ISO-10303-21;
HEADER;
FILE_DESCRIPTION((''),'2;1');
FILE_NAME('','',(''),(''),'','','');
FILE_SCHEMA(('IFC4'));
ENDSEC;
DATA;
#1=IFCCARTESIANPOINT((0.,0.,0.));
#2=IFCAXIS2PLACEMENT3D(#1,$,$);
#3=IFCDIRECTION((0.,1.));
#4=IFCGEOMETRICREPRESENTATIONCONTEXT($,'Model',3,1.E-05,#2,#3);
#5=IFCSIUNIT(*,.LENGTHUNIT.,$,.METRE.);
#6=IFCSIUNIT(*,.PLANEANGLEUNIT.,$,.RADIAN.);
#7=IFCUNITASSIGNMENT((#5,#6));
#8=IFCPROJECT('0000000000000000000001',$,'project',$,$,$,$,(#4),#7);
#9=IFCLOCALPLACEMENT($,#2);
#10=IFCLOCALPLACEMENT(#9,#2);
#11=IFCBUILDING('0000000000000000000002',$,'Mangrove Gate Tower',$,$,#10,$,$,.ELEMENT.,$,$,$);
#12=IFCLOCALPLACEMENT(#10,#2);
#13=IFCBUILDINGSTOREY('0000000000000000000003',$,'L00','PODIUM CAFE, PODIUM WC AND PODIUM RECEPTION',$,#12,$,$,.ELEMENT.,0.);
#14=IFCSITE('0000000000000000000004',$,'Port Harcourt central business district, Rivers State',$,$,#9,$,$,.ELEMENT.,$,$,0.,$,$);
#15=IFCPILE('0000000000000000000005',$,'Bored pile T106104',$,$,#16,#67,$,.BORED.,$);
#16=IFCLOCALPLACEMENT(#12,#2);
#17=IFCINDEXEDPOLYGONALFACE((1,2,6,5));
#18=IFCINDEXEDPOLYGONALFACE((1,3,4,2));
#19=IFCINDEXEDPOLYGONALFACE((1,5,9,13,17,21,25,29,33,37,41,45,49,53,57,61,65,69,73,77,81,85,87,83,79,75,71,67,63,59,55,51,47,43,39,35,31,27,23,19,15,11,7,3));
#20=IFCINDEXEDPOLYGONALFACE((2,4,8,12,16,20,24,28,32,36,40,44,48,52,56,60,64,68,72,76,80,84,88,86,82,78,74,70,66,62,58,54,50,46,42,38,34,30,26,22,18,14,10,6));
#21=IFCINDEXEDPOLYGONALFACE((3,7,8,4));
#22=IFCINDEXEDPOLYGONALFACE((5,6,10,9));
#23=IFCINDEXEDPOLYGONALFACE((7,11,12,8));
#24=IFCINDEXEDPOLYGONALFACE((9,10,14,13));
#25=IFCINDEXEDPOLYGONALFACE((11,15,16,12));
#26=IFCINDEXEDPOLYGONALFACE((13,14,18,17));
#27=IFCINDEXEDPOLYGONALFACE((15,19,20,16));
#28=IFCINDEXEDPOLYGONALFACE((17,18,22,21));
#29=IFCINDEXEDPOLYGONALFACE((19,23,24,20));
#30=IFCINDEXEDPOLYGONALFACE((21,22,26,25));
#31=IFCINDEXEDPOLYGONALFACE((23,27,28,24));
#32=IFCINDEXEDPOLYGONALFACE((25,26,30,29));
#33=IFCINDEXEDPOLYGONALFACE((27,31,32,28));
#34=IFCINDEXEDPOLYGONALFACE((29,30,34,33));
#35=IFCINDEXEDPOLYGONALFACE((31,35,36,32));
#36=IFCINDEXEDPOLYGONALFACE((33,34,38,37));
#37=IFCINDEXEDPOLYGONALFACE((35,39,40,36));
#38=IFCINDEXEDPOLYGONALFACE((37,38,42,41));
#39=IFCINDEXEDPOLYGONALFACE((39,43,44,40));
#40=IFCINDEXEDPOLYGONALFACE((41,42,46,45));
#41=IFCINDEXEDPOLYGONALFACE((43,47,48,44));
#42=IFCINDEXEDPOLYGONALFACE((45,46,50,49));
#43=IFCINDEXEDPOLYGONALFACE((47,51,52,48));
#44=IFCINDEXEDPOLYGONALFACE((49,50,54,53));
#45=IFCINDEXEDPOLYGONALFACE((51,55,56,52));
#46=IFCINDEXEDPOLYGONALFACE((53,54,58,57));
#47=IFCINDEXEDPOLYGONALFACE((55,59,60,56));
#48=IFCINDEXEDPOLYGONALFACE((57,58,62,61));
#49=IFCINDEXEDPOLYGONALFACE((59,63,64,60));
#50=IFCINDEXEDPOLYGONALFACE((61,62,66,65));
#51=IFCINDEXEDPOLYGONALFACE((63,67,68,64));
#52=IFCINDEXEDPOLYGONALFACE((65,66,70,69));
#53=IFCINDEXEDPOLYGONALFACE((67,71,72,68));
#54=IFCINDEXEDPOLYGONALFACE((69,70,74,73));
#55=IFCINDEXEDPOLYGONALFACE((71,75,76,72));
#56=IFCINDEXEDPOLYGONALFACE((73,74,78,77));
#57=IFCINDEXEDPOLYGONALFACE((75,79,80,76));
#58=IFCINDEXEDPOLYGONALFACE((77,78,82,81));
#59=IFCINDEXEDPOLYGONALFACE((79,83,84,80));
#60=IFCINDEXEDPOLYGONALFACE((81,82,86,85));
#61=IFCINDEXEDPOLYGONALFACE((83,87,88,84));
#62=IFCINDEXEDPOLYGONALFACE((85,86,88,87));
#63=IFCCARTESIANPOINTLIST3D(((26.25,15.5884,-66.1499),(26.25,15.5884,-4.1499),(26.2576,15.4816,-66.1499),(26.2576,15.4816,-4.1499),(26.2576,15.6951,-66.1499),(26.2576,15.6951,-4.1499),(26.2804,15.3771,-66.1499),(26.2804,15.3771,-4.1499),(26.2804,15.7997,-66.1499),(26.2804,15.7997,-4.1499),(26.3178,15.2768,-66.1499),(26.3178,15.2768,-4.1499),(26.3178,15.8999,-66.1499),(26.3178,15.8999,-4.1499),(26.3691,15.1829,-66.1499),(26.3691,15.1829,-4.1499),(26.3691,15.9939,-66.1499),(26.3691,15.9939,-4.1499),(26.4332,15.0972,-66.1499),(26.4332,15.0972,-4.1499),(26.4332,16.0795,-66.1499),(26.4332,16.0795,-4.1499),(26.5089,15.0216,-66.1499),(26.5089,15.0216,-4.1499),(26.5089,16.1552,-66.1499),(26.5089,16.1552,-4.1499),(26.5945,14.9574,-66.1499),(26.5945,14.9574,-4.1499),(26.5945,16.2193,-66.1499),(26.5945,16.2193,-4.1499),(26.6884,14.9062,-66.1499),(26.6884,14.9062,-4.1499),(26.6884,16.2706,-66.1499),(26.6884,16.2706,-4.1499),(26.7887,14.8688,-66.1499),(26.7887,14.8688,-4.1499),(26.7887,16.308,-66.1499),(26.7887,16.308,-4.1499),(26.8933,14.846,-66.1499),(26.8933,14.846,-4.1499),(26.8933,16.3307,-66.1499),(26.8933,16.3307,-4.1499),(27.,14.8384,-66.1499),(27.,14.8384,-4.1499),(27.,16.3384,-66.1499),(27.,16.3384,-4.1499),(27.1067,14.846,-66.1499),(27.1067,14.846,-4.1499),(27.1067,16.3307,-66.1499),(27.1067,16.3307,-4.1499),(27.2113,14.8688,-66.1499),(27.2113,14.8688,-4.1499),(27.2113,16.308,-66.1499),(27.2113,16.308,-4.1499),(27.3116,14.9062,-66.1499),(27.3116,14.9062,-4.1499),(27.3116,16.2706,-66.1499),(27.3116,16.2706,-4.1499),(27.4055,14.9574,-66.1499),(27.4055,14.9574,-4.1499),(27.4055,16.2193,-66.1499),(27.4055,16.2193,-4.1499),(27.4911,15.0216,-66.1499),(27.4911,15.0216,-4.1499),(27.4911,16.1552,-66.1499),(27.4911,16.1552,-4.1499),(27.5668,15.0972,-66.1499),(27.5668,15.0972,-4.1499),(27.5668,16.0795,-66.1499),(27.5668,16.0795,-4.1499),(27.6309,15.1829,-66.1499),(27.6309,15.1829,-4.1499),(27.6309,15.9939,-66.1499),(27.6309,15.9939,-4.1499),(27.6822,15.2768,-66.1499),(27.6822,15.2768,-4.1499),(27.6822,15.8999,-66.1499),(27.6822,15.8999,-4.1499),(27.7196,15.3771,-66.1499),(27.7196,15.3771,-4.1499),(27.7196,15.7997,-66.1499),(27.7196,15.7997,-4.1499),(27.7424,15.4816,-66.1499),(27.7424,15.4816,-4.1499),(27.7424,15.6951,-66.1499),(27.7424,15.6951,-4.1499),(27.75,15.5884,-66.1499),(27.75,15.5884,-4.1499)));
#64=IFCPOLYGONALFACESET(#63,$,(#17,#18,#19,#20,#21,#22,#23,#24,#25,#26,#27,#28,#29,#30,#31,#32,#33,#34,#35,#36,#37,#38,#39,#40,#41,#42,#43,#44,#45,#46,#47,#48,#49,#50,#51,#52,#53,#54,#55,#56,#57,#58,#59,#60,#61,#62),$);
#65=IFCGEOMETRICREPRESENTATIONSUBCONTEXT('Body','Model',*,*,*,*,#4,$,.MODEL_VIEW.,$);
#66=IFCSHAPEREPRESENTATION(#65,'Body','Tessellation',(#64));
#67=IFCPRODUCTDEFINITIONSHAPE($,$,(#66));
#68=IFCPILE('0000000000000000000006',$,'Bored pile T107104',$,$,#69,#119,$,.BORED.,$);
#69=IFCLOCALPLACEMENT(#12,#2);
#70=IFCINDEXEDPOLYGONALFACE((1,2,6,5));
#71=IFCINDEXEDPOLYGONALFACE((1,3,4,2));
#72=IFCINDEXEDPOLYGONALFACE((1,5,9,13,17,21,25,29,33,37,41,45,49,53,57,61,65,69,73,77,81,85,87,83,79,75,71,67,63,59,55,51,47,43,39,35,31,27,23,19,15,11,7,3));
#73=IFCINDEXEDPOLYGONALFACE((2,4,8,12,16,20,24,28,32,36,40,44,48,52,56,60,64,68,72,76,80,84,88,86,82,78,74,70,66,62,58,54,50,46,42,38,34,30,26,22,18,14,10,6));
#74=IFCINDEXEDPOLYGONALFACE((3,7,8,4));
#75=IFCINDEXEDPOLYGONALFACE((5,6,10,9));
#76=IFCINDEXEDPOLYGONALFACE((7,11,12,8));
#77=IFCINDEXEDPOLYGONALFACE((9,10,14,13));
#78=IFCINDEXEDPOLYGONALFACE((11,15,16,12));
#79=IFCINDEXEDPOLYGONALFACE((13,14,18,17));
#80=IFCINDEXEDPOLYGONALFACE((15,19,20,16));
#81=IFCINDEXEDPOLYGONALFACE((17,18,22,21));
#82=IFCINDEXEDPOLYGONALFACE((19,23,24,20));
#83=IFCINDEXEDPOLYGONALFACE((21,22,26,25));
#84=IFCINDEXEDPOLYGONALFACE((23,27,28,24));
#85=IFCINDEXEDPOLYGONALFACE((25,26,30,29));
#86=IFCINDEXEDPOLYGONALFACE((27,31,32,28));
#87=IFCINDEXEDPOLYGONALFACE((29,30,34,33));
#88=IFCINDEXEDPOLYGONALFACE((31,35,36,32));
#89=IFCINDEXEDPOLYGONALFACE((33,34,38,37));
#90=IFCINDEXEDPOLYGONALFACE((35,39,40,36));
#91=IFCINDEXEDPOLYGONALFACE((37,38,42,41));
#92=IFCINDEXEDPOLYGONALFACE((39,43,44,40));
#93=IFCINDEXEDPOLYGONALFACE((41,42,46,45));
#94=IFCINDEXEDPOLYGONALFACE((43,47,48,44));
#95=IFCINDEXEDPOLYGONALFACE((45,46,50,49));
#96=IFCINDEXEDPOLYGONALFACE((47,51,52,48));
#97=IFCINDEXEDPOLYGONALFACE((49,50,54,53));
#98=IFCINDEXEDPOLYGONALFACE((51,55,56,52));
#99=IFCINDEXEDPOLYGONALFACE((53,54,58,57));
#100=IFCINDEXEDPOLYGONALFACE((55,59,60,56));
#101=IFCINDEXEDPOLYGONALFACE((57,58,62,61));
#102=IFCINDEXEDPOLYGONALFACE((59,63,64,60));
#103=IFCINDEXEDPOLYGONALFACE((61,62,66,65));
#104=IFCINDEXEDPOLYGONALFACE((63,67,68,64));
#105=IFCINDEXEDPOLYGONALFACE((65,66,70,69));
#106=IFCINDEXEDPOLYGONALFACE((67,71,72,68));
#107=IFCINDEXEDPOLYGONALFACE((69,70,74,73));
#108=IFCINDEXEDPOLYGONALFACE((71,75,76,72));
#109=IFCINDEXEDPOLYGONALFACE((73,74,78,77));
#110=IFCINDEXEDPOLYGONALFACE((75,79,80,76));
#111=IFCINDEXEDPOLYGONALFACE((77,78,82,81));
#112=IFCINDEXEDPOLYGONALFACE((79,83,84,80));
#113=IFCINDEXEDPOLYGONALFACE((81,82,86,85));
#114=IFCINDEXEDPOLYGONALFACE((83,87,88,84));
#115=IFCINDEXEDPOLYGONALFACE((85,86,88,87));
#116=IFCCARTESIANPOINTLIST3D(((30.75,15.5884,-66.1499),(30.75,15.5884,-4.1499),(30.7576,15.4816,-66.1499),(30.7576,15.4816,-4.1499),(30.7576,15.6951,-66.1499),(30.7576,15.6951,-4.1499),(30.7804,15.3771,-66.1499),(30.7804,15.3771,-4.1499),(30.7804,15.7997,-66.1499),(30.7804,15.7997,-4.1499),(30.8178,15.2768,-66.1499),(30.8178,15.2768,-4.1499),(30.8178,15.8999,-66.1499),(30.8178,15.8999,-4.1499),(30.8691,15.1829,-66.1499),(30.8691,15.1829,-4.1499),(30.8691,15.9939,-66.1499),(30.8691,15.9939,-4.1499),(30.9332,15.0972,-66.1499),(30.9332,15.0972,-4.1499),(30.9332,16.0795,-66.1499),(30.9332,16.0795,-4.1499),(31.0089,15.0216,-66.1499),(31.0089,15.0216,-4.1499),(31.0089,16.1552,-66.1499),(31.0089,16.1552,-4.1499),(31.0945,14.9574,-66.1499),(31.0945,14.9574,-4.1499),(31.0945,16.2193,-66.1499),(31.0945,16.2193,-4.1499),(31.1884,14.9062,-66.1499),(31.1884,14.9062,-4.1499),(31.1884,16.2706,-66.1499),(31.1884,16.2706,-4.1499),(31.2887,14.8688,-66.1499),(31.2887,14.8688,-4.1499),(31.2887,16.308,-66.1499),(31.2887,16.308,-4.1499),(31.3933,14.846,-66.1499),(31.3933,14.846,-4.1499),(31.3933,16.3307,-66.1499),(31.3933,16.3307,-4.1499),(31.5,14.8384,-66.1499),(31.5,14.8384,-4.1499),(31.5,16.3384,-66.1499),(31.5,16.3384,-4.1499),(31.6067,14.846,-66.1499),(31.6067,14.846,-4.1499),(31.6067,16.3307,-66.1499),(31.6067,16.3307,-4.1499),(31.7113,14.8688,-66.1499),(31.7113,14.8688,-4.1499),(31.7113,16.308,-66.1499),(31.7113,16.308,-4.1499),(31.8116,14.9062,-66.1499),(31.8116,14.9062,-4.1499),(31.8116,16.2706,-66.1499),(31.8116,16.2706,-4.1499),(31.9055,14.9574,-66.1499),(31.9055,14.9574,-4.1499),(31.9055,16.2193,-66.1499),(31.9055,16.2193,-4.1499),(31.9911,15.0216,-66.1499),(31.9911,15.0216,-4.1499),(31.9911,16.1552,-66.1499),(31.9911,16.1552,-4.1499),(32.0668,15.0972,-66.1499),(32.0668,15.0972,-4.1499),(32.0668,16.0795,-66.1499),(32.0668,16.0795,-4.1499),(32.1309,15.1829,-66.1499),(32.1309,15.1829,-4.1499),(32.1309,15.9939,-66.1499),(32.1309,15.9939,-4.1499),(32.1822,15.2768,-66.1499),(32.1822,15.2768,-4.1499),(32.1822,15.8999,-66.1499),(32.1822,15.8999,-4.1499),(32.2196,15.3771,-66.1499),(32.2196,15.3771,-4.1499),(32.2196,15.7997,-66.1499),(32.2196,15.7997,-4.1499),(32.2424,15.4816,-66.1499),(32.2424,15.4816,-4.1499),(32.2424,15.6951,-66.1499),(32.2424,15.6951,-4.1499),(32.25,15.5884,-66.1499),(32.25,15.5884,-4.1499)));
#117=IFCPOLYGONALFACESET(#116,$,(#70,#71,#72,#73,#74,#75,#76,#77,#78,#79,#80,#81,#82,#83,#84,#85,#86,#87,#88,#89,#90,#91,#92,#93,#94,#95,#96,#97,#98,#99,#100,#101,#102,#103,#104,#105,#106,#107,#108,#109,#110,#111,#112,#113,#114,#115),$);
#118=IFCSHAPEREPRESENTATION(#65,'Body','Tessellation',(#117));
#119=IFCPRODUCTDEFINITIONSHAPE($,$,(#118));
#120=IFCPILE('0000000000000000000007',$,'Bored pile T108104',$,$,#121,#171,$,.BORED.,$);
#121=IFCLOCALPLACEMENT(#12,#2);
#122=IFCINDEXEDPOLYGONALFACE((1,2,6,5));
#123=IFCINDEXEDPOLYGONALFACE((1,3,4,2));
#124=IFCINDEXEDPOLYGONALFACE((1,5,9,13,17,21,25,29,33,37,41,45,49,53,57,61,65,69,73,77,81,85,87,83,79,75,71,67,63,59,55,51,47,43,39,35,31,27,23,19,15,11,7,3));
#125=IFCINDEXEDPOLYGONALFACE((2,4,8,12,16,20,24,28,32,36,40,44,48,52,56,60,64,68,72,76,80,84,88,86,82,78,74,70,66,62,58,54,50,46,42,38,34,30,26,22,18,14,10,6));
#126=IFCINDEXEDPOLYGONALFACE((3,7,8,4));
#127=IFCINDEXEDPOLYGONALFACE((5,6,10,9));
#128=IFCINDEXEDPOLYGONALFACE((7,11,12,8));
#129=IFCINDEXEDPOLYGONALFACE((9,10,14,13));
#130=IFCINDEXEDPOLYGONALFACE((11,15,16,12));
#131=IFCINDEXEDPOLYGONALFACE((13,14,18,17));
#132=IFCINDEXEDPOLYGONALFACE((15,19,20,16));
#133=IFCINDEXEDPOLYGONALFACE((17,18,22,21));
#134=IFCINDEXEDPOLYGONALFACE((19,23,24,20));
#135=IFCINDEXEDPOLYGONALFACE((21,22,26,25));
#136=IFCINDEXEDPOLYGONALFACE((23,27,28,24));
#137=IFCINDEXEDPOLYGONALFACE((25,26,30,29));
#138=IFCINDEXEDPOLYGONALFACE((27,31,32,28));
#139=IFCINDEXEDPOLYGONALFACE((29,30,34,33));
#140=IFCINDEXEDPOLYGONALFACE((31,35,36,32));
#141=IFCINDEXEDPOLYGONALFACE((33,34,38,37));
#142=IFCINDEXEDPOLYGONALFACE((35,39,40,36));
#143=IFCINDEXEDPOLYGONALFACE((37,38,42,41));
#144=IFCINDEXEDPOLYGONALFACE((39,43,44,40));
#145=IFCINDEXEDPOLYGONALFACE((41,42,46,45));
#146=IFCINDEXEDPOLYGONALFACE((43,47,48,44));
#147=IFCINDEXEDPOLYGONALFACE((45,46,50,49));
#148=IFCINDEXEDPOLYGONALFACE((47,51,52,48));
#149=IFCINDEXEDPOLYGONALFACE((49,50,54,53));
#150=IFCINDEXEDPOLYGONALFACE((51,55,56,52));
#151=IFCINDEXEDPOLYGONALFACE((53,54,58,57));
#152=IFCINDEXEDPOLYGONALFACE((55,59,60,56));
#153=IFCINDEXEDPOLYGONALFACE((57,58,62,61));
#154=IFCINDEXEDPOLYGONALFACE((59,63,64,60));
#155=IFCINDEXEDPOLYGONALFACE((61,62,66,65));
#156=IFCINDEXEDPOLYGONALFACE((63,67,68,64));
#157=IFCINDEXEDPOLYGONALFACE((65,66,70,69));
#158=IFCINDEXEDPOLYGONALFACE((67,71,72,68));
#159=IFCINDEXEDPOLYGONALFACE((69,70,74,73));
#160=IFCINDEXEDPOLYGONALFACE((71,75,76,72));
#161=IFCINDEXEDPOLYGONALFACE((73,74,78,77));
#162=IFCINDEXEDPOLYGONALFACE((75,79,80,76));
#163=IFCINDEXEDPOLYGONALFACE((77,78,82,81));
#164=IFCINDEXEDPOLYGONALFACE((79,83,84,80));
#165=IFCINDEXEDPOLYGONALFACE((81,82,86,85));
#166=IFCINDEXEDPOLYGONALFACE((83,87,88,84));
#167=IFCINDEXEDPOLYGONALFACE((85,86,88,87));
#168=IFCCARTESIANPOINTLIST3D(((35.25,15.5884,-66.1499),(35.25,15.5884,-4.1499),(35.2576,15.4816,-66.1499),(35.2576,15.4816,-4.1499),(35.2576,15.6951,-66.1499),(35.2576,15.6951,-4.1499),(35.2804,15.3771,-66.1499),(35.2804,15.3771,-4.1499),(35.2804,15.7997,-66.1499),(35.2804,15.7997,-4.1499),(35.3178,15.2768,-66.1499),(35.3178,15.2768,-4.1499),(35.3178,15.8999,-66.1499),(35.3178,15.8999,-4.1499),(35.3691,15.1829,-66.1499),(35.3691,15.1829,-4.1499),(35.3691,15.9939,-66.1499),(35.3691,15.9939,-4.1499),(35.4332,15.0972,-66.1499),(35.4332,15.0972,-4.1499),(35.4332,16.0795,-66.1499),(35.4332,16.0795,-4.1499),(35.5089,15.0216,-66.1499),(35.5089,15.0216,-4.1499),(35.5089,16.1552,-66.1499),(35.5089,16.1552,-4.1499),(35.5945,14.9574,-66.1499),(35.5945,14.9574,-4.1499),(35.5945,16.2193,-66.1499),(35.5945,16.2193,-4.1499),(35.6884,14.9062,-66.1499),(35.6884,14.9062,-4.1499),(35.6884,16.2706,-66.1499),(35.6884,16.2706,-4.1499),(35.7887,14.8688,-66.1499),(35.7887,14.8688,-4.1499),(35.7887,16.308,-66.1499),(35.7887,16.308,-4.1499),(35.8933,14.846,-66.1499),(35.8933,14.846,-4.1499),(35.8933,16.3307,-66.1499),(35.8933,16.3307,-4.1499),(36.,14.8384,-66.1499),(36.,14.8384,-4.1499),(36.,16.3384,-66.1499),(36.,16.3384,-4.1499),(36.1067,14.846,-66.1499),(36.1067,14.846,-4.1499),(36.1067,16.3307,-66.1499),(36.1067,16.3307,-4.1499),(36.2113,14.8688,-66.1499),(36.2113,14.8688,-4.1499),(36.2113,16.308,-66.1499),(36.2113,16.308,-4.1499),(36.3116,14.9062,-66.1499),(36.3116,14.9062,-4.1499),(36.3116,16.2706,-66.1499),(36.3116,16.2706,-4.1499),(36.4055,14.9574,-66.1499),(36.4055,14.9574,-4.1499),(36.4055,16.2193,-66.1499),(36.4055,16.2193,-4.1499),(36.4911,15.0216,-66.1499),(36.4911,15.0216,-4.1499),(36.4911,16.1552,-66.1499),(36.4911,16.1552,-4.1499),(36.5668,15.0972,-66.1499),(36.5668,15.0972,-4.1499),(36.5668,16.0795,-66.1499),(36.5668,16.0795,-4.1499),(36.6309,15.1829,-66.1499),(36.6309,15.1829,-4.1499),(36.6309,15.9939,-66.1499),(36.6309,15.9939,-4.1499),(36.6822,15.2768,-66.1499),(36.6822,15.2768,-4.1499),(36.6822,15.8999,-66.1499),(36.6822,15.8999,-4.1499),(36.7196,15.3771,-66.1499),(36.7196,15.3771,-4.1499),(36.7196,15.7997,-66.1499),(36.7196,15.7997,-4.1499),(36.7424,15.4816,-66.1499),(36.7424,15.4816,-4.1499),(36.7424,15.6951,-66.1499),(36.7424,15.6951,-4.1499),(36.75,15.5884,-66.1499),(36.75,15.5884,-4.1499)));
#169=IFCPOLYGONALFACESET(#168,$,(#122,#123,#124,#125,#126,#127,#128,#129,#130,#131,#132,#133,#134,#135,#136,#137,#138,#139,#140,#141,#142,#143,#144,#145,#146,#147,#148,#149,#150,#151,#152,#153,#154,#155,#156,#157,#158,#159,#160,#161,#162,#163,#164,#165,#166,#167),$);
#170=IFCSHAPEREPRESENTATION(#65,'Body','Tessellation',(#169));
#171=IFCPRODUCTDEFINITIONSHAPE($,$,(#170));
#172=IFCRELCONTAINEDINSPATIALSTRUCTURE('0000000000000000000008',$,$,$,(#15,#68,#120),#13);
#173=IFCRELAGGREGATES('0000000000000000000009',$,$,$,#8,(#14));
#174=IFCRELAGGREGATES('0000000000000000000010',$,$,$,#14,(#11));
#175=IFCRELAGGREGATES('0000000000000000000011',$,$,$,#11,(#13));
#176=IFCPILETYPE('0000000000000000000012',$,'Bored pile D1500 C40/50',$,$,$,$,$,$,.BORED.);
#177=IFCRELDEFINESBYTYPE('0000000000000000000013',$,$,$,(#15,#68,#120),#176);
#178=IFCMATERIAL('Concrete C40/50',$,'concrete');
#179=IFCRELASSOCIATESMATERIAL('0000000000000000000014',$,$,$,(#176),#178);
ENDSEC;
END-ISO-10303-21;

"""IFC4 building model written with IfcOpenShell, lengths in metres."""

from ifc_helpers import new_model, si_unit, direction, frame, origin, origin_2d, place, context, subcontext, project, spatial, circle, extrude, material, material_profile, profile_set, type_object, element, save


model = new_model("IFC4")

# Units and contexts
model_context = context("Model", 3, precision=1e-05, world=origin(), true_north=direction((0.0, 1.0)))
body_context = subcontext(model_context, "Body", "Model", "MODEL_VIEW")
ifc_project = project(units=[si_unit("LENGTHUNIT", "METRE"), si_unit("PLANEANGLEUNIT", "RADIAN")], contexts=[model_context])

# Site, building, storey
site_placement = place(None, origin())
site = spatial("IfcSite", under=ifc_project, at=site_placement, Name="Port Harcourt central business district, Rivers State", CompositionType="ELEMENT", RefElevation=0.0)
building_placement = place(site_placement, origin())
building = spatial("IfcBuilding", under=site, at=building_placement, Name="Mangrove Gate Tower", CompositionType="ELEMENT")
storey_placement = place(building_placement, origin())
storey = spatial("IfcBuildingStorey", under=building, at=storey_placement, Name="L00", Description="PODIUM CAFE, PODIUM WC AND PODIUM RECEPTION", CompositionType="ELEMENT", Elevation=0.0)

# Piles
ifc_material_1 = material(Name="Concrete C40/50", Category="concrete")
ifc_material_profile_1 = material_profile(ifc_material_1, circle(Radius=0.75, at=origin_2d()))
ifc_profile_set_1 = profile_set([ifc_material_profile_1], Name="Concrete C40/50")
pile_type = type_object("IfcPileType", Name="Bored pile D1500 C40/50", PredefinedType="BORED", material=ifc_profile_set_1)
for number, where, z_axis, x_axis, name in (
    (1, (27.0, 15.5884, -4.1499), (0.0, 0.0, -1.0), (1.0, 0.0, 0.0), "Bored pile T106104"),
    (2, (31.5, 15.5884, -4.1499), (0.0, 0.0, -1.0), (1.0, 0.0, 0.0), "Bored pile T107104"),
    (3, (36.0, 15.5884, -4.1499), (0.0, 0.0, -1.0), (1.0, 0.0, 0.0), "Bored pile T108104"),
):
    element("IfcPile", number, at=place(storey_placement, frame(where, z_axis=z_axis, x_axis=x_axis)), inside=storey, type_object=pile_type, Name=name, PredefinedType="BORED", context=body_context, shape_type="SweptSolid", body=[
        extrude(circle(Radius=0.75, at=origin_2d()), origin(), (0.0, 0.0, 1.0), 62.0),
    ])

save(model, "model.ifc")
